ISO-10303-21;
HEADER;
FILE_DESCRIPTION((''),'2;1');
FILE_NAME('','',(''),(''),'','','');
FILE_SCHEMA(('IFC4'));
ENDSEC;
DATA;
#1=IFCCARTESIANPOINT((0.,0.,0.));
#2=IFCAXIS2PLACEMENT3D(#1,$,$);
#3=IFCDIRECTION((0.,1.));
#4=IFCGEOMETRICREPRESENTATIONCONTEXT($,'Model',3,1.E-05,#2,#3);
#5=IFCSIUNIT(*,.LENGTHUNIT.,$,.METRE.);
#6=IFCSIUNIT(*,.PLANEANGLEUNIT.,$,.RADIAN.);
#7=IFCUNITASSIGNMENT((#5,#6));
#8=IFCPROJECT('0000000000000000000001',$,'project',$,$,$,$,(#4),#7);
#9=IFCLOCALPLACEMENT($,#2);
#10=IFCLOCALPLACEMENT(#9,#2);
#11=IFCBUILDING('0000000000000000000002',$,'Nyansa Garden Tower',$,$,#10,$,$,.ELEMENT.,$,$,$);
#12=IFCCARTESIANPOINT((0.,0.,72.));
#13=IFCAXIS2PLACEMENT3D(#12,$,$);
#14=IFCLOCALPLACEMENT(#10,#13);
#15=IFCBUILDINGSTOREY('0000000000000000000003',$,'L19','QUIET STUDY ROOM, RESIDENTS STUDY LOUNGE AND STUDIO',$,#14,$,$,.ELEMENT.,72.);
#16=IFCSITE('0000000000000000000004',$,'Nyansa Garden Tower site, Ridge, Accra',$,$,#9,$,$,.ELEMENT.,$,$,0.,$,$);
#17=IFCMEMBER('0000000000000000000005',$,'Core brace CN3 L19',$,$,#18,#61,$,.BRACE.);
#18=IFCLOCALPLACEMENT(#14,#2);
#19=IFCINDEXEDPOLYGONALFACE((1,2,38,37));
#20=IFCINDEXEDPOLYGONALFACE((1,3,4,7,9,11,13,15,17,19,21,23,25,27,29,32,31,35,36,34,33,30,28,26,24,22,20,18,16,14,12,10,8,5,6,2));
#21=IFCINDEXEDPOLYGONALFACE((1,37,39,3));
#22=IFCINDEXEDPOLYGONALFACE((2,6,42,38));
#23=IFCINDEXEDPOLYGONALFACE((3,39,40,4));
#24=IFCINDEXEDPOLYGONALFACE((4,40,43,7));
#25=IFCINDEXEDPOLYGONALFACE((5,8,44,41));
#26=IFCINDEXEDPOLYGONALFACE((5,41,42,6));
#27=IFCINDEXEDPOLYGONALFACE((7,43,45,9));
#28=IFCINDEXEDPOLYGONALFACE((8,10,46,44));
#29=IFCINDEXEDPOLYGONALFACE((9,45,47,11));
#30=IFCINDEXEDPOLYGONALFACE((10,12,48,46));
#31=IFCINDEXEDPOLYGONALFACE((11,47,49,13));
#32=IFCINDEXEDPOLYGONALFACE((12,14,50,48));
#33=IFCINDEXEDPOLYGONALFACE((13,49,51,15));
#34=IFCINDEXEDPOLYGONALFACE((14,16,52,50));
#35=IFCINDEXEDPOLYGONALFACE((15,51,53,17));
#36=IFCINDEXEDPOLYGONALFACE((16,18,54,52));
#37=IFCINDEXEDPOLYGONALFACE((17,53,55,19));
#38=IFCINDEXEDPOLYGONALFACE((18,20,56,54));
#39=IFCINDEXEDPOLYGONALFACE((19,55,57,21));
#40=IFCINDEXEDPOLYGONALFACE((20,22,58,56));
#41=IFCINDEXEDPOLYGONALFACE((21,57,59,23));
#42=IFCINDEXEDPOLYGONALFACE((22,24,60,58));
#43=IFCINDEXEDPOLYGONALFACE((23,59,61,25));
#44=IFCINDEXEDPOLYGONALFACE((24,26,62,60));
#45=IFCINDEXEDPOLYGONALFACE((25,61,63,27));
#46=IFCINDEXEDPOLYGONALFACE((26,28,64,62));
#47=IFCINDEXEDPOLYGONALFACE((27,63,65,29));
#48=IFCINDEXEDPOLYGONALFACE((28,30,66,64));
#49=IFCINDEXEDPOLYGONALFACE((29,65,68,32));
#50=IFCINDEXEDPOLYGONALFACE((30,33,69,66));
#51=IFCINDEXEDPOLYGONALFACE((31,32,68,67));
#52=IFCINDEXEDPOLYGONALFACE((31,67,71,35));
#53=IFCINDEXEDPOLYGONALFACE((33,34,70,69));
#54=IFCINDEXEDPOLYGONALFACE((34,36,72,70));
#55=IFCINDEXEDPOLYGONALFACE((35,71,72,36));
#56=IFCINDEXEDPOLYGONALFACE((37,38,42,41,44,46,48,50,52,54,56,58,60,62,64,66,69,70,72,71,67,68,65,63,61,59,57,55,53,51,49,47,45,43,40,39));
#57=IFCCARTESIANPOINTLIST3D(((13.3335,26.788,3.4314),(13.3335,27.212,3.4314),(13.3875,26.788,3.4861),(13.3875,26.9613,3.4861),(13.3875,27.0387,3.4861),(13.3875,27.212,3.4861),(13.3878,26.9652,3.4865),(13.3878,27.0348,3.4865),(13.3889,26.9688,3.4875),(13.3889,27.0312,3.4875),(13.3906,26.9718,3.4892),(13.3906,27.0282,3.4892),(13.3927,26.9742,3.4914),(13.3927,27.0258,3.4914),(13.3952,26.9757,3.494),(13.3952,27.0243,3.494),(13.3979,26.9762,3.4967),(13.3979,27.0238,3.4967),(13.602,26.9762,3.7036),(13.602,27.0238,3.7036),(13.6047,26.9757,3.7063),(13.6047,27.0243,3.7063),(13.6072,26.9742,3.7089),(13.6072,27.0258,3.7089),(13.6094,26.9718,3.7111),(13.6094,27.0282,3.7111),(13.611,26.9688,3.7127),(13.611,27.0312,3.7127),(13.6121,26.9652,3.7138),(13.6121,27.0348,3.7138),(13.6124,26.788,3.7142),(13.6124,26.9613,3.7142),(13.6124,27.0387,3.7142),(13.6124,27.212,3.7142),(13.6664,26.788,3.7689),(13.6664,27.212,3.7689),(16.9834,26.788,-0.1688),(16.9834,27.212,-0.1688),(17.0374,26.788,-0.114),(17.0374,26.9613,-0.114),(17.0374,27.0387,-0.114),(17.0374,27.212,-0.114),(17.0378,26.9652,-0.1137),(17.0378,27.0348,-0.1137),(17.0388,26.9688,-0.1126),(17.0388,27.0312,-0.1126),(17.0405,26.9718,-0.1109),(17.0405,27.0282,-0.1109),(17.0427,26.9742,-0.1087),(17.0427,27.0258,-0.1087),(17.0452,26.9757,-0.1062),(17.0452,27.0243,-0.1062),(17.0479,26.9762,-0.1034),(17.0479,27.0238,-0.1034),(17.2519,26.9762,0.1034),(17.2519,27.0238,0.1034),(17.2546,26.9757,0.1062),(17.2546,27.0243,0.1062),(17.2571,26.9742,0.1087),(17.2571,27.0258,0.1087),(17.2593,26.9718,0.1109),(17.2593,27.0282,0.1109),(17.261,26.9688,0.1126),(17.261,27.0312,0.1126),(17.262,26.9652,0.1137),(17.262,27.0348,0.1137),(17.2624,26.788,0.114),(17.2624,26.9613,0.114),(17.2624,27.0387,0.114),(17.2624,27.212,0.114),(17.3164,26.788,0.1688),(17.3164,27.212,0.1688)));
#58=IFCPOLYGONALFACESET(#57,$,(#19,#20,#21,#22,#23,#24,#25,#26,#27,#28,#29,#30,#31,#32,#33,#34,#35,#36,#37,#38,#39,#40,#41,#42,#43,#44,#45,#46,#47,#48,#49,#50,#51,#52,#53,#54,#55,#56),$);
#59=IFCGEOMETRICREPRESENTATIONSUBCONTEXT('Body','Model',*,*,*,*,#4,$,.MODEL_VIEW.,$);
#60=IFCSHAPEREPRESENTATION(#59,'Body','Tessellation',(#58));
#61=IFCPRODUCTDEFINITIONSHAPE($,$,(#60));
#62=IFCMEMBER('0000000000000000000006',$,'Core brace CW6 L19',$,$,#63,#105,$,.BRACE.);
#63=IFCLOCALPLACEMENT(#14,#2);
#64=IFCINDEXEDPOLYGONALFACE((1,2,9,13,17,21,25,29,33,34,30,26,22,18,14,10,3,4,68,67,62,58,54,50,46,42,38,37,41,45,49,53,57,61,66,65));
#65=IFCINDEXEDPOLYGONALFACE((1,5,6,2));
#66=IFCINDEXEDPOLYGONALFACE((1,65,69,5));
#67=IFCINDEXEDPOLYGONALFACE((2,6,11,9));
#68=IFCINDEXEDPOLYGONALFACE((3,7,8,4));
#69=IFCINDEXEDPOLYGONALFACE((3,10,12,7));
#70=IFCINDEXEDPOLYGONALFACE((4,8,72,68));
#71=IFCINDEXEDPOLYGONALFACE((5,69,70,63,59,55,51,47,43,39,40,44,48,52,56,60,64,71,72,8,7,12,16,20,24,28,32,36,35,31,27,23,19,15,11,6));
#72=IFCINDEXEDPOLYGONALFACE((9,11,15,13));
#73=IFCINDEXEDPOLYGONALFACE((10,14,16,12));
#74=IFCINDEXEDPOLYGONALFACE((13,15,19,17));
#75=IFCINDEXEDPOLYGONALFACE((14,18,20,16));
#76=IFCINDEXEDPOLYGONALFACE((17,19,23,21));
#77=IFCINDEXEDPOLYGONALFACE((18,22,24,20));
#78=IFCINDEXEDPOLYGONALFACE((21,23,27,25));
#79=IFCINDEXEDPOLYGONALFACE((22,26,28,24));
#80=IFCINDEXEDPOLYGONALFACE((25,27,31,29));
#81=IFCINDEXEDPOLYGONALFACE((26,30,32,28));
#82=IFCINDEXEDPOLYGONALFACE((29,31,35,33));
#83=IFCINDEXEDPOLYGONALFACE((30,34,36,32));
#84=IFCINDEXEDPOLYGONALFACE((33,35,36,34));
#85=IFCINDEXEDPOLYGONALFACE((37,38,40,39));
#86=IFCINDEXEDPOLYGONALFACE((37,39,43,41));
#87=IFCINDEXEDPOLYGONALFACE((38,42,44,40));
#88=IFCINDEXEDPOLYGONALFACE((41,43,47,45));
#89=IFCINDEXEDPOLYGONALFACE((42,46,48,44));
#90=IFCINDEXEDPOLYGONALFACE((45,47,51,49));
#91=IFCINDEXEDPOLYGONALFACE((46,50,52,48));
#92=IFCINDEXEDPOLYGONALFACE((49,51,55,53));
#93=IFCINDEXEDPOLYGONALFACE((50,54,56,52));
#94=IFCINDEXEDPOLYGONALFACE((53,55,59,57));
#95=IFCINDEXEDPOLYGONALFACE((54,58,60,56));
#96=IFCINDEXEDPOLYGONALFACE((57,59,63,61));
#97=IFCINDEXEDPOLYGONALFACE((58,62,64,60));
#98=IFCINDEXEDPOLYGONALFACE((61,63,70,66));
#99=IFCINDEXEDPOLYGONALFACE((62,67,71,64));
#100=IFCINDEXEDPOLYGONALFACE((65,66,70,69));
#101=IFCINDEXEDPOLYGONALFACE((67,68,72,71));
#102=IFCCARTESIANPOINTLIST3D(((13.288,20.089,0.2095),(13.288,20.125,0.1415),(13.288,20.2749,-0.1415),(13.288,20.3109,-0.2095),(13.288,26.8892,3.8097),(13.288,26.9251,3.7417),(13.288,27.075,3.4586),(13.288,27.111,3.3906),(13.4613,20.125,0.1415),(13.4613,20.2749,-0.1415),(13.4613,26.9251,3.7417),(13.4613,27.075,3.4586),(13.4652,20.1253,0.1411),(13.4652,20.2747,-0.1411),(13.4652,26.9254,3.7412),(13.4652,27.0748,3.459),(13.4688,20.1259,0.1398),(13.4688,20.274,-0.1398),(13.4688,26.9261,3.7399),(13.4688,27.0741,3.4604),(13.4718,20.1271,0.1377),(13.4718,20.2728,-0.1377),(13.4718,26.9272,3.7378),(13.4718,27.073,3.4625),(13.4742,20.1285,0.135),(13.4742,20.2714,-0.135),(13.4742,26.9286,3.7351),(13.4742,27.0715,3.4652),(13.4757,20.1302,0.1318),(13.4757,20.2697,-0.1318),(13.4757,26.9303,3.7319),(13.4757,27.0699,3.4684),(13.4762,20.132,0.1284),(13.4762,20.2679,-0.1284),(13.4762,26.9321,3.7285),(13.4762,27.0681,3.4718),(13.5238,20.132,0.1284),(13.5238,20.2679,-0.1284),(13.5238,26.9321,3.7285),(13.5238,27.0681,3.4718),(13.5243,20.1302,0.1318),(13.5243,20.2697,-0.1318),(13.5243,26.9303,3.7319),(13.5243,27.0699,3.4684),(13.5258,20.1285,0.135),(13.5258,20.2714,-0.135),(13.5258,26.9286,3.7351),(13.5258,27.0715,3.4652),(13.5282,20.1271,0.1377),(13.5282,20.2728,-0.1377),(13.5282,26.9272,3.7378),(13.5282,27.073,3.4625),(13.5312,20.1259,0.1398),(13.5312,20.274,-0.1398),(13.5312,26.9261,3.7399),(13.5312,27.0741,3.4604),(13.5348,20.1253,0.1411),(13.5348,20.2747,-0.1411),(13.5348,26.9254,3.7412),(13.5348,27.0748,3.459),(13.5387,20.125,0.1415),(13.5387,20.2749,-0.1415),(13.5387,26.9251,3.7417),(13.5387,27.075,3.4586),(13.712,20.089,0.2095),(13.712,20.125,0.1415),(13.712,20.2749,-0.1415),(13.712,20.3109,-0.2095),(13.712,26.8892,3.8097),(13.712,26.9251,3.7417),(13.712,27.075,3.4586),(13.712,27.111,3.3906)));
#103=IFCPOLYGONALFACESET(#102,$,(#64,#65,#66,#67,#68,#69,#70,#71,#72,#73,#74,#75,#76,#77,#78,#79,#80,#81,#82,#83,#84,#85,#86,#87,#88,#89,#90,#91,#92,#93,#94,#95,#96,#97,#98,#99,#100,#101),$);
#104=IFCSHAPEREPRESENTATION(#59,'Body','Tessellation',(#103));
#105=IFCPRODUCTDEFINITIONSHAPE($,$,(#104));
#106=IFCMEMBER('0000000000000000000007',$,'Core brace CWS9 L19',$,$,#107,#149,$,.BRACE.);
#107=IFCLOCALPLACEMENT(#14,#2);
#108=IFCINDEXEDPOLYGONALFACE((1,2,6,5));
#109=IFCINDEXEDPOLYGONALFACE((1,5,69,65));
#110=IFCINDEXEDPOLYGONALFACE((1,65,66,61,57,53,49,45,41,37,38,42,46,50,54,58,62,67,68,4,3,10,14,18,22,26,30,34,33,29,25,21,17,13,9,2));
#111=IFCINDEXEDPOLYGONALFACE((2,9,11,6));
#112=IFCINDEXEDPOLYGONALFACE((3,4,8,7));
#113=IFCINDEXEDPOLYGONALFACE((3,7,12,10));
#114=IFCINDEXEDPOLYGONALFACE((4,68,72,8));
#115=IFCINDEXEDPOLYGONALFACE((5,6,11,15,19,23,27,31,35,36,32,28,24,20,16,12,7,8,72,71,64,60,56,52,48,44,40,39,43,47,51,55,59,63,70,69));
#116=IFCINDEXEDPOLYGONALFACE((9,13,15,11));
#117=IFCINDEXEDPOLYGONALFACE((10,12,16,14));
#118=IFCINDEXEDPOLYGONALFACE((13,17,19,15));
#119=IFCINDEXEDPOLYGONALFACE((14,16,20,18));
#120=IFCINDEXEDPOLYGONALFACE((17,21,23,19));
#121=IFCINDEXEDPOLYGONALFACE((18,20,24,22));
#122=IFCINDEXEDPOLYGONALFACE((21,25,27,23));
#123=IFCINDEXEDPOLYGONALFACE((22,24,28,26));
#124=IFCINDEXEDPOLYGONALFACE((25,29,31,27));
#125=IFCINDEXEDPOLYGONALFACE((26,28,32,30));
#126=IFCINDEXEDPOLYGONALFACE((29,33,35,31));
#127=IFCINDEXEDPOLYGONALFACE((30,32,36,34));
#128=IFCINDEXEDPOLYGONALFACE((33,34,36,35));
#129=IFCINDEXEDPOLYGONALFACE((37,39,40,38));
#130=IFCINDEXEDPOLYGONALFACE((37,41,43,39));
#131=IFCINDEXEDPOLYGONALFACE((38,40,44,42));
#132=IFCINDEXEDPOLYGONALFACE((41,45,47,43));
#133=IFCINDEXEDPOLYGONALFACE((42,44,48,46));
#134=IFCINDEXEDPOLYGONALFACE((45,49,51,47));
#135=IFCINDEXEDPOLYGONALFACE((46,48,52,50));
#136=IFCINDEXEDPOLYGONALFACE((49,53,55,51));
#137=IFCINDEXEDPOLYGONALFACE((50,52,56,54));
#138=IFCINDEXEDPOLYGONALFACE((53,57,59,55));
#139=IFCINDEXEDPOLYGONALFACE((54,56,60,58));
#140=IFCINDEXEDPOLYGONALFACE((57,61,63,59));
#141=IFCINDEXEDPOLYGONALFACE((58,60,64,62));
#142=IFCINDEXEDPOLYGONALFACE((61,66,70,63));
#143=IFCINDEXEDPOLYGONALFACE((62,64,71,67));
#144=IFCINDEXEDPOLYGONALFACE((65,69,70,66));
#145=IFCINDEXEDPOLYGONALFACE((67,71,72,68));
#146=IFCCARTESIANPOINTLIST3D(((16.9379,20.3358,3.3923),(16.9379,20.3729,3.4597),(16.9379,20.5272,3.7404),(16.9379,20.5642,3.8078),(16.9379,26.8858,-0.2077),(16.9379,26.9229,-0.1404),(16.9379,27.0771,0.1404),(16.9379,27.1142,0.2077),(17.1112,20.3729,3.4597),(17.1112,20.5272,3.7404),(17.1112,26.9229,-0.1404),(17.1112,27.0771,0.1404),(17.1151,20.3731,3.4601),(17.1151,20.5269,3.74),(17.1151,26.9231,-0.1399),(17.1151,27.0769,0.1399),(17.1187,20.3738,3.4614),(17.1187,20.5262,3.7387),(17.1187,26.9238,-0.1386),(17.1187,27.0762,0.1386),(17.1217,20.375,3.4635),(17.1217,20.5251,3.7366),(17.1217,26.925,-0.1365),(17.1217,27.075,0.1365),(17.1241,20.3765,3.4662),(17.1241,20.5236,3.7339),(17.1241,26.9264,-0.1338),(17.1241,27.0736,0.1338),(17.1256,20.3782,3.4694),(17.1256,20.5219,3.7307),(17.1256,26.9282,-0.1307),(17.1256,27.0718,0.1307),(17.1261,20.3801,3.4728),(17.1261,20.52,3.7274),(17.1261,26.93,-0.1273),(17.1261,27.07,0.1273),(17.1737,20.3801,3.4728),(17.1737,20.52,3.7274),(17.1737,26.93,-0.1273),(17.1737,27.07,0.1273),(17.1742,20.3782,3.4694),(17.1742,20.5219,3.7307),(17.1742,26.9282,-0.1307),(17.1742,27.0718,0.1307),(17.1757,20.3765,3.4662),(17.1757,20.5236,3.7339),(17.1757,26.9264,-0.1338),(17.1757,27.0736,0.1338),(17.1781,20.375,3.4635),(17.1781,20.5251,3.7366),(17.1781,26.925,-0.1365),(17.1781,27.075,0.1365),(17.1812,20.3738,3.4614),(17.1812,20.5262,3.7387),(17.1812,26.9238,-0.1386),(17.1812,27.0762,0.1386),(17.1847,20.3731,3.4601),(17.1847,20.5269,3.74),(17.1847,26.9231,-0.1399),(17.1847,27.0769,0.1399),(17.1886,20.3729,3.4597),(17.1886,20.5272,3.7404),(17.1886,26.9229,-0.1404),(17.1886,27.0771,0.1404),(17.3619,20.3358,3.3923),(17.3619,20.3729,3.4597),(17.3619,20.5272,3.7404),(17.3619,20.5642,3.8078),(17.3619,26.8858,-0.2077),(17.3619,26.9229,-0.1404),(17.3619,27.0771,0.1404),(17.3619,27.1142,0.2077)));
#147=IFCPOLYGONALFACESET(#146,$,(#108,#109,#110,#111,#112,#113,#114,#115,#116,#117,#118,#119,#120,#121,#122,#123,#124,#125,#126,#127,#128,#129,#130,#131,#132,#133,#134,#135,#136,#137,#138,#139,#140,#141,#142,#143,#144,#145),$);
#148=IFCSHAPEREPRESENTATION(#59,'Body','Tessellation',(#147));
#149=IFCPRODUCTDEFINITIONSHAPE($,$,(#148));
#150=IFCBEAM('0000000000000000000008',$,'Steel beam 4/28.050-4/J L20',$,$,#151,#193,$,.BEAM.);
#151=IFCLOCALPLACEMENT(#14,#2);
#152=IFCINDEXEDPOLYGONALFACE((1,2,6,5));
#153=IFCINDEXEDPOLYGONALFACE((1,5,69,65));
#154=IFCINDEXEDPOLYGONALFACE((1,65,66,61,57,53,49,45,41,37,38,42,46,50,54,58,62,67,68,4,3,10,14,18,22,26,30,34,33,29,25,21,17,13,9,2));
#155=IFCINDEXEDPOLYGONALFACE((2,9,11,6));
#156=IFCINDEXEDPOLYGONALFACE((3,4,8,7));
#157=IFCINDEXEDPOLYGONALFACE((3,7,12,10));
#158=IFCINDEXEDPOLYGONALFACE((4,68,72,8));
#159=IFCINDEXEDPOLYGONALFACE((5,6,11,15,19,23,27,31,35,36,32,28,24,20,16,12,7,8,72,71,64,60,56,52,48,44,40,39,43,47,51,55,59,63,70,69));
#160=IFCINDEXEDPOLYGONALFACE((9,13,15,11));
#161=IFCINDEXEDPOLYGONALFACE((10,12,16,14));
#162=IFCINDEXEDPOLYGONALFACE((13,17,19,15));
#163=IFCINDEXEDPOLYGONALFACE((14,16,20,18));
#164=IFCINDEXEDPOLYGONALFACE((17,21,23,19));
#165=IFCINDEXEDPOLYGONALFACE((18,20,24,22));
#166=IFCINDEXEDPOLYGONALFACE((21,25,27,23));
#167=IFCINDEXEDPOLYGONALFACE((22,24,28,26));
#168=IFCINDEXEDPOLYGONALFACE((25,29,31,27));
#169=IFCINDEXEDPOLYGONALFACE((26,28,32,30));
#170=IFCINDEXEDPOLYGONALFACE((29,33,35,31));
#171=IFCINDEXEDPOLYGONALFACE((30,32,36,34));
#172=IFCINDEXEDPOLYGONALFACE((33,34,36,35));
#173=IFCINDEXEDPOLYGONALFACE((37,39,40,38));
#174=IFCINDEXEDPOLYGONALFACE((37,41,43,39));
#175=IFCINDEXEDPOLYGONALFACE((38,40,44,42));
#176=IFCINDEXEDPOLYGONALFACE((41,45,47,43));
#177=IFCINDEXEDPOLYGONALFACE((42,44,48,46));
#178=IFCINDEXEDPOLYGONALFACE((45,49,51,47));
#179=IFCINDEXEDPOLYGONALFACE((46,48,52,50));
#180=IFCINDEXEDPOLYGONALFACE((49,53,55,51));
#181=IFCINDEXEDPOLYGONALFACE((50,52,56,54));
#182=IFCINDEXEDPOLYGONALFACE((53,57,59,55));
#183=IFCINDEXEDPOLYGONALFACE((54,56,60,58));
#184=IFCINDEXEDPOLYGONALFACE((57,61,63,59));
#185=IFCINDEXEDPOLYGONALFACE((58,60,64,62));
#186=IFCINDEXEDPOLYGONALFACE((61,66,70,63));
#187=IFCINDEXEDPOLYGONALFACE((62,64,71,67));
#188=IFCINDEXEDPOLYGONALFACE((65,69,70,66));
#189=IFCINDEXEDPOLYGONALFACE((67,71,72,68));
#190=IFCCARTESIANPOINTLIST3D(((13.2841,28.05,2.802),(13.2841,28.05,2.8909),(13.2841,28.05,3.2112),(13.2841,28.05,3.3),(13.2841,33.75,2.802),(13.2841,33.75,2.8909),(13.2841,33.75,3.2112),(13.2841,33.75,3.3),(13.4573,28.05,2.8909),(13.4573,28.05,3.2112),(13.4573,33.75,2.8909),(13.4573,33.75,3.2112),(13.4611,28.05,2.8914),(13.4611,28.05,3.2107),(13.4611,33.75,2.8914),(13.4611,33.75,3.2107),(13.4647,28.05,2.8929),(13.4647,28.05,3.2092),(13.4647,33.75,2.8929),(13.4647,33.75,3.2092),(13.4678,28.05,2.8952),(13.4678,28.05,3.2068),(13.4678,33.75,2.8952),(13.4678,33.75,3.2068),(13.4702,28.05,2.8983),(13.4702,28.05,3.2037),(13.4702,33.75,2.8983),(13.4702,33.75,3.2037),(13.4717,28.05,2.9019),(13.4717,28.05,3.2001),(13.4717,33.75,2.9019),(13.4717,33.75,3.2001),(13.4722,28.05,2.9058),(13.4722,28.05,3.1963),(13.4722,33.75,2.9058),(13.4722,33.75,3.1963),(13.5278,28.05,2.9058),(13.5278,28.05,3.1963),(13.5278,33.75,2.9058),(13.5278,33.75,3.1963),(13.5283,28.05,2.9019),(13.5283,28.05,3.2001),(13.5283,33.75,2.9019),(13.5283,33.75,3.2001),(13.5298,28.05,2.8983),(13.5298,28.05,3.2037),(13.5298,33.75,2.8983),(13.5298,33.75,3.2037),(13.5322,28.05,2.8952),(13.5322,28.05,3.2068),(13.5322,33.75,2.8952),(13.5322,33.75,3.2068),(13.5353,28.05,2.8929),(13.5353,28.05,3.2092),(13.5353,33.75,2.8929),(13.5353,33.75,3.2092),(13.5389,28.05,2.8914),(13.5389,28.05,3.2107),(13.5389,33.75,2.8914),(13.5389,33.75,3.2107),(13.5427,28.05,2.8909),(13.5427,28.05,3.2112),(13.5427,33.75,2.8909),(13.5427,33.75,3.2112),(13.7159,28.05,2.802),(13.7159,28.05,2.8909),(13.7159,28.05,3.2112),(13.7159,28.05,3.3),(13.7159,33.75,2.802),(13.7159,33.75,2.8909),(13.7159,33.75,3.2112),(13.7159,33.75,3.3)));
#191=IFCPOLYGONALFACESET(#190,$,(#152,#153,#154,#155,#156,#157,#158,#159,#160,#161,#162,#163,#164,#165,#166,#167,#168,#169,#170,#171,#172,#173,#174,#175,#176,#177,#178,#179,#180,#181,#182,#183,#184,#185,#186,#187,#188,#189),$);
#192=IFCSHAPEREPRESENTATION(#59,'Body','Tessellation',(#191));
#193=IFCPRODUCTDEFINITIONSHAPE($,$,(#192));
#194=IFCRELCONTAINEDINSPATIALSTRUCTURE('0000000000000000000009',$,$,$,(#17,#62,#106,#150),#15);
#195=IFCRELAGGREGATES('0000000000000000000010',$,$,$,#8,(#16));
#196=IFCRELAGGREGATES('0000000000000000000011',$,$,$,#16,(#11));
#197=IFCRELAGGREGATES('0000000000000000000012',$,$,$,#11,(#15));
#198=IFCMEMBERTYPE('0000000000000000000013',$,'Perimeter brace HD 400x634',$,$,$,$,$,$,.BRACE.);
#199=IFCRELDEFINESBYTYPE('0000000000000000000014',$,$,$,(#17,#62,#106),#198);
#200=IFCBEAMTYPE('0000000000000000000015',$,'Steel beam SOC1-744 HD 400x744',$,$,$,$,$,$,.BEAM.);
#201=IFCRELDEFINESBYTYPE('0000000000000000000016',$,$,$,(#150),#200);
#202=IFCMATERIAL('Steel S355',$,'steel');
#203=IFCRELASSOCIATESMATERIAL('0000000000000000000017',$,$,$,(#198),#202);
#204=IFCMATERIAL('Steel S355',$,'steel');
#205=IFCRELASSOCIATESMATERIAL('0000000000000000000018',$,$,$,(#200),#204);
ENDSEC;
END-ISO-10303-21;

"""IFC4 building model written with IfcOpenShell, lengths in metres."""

from ifc_helpers import new_model, si_unit, direction, frame, origin, origin_2d, place, context, subcontext, project, spatial, i_section, extrude, material, material_profile, profile_set, type_object, element, save


model = new_model("IFC4")

# Units and contexts
model_context = context("Model", 3, precision=1e-05, world=origin(), true_north=direction((0.0, 1.0)))
body_context = subcontext(model_context, "Body", "Model", "MODEL_VIEW")
ifc_project = project(units=[si_unit("LENGTHUNIT", "METRE"), si_unit("PLANEANGLEUNIT", "RADIAN")], contexts=[model_context])

# Site, building, storey
site_placement = place(None, origin())
site = spatial("IfcSite", under=ifc_project, at=site_placement, Name="Nyansa Garden Tower site, Ridge, Accra", CompositionType="ELEMENT", RefElevation=0.0)
building_placement = place(site_placement, origin())
building = spatial("IfcBuilding", under=site, at=building_placement, Name="Nyansa Garden Tower", CompositionType="ELEMENT")
storey_placement = place(building_placement, frame((0.0, 0.0, 72.0)))
storey = spatial("IfcBuildingStorey", under=building, at=storey_placement, Name="L19", Description="QUIET STUDY ROOM, RESIDENTS STUDY LOUNGE AND STUDIO", CompositionType="ELEMENT", Elevation=72.0)

# Members
ifc_material_1 = material(Name="Steel S355", Category="steel")
ifc_material_profile_1 = material_profile(ifc_material_1, i_section(OverallWidth=0.4241, OverallDepth=0.4741, WebThickness=0.0476, FlangeThickness=0.0769, FilletRadius=0.0149, at=origin_2d()), Name="HD 400x634")
ifc_profile_set_1 = profile_set([ifc_material_profile_1], Name="Steel S355")
member_type = type_object("IfcMemberType", Name="Perimeter brace HD 400x634", PredefinedType="BRACE", material=ifc_profile_set_1)
member_1_placement = place(storey_placement, frame((17.1499, 27.0, 0.0), z_axis=(-0.711948, 0.0, 0.702233), x_axis=(0.0, -1.0, 0.0)))
element("IfcMember", 1, at=member_1_placement, inside=storey, type_object=member_type, Name="Core brace CN3 L19", PredefinedType="BRACE", context=body_context, shape_type="SweptSolid", body=[
    extrude(i_section(OverallWidth=0.4241, OverallDepth=0.4741, WebThickness=0.0476, FlangeThickness=0.0769, FilletRadius=0.0149, at=origin_2d()), origin(), (0.0, 0.0, 1.0), 5.1267),
])
member_2_placement = place(storey_placement, frame((13.5, 20.2, 0.0), z_axis=(0.0, 0.883784, 0.467895), x_axis=(-1.0, 0.0, 0.0)))
element("IfcMember", 2, at=member_2_placement, inside=storey, type_object=member_type, Name="Core brace CW6 L19", PredefinedType="BRACE", context=body_context, shape_type="SweptSolid", body=[
    extrude(i_section(OverallWidth=0.4241, OverallDepth=0.4741, WebThickness=0.0476, FlangeThickness=0.0769, FilletRadius=0.0149, at=origin_2d()), origin(), (0.0, 0.0, 1.0), 7.6943),
])
member_3_placement = place(storey_placement, frame((17.1499, 27.0, 0.0), z_axis=(0.0, -0.876353, 0.481669), x_axis=(1.0, 0.0, 0.0)))
element("IfcMember", 3, at=member_3_placement, inside=storey, type_object=member_type, Name="Core brace CWS9 L19", PredefinedType="BRACE", context=body_context, shape_type="SweptSolid", body=[
    extrude(i_section(OverallWidth=0.4241, OverallDepth=0.4741, WebThickness=0.0476, FlangeThickness=0.0769, FilletRadius=0.0149, at=origin_2d()), origin(), (0.0, 0.0, 1.0), 7.4741),
])

# Beam
ifc_material_2 = material(Name="Steel S355", Category="steel")
ifc_material_profile_2 = material_profile(ifc_material_2, i_section(OverallWidth=0.4319, OverallDepth=0.498, WebThickness=0.0557, FlangeThickness=0.0889, FilletRadius=0.0149, at=origin_2d()), Name="HD 400x744")
ifc_profile_set_2 = profile_set([ifc_material_profile_2], Name="Steel S355")
beam_type = type_object("IfcBeamType", Name="Steel beam SOC1-744 HD 400x744", PredefinedType="BEAM", material=ifc_profile_set_2)
beam_placement = place(storey_placement, frame((13.5, 28.05, 3.051), z_axis=(0.0, 1.0, 0.0), x_axis=(-1.0, 0.0, 0.0)))
element("IfcBeam", 4, at=beam_placement, inside=storey, type_object=beam_type, Name="Steel beam 4/28.050-4/J L20", PredefinedType="BEAM", context=body_context, shape_type="SweptSolid", body=[
    extrude(i_section(OverallWidth=0.4319, OverallDepth=0.498, WebThickness=0.0557, FlangeThickness=0.0889, FilletRadius=0.0149, at=origin_2d()), origin(), (0.0, 0.0, 1.0), 5.7),
])

save(model, "model.ifc")
